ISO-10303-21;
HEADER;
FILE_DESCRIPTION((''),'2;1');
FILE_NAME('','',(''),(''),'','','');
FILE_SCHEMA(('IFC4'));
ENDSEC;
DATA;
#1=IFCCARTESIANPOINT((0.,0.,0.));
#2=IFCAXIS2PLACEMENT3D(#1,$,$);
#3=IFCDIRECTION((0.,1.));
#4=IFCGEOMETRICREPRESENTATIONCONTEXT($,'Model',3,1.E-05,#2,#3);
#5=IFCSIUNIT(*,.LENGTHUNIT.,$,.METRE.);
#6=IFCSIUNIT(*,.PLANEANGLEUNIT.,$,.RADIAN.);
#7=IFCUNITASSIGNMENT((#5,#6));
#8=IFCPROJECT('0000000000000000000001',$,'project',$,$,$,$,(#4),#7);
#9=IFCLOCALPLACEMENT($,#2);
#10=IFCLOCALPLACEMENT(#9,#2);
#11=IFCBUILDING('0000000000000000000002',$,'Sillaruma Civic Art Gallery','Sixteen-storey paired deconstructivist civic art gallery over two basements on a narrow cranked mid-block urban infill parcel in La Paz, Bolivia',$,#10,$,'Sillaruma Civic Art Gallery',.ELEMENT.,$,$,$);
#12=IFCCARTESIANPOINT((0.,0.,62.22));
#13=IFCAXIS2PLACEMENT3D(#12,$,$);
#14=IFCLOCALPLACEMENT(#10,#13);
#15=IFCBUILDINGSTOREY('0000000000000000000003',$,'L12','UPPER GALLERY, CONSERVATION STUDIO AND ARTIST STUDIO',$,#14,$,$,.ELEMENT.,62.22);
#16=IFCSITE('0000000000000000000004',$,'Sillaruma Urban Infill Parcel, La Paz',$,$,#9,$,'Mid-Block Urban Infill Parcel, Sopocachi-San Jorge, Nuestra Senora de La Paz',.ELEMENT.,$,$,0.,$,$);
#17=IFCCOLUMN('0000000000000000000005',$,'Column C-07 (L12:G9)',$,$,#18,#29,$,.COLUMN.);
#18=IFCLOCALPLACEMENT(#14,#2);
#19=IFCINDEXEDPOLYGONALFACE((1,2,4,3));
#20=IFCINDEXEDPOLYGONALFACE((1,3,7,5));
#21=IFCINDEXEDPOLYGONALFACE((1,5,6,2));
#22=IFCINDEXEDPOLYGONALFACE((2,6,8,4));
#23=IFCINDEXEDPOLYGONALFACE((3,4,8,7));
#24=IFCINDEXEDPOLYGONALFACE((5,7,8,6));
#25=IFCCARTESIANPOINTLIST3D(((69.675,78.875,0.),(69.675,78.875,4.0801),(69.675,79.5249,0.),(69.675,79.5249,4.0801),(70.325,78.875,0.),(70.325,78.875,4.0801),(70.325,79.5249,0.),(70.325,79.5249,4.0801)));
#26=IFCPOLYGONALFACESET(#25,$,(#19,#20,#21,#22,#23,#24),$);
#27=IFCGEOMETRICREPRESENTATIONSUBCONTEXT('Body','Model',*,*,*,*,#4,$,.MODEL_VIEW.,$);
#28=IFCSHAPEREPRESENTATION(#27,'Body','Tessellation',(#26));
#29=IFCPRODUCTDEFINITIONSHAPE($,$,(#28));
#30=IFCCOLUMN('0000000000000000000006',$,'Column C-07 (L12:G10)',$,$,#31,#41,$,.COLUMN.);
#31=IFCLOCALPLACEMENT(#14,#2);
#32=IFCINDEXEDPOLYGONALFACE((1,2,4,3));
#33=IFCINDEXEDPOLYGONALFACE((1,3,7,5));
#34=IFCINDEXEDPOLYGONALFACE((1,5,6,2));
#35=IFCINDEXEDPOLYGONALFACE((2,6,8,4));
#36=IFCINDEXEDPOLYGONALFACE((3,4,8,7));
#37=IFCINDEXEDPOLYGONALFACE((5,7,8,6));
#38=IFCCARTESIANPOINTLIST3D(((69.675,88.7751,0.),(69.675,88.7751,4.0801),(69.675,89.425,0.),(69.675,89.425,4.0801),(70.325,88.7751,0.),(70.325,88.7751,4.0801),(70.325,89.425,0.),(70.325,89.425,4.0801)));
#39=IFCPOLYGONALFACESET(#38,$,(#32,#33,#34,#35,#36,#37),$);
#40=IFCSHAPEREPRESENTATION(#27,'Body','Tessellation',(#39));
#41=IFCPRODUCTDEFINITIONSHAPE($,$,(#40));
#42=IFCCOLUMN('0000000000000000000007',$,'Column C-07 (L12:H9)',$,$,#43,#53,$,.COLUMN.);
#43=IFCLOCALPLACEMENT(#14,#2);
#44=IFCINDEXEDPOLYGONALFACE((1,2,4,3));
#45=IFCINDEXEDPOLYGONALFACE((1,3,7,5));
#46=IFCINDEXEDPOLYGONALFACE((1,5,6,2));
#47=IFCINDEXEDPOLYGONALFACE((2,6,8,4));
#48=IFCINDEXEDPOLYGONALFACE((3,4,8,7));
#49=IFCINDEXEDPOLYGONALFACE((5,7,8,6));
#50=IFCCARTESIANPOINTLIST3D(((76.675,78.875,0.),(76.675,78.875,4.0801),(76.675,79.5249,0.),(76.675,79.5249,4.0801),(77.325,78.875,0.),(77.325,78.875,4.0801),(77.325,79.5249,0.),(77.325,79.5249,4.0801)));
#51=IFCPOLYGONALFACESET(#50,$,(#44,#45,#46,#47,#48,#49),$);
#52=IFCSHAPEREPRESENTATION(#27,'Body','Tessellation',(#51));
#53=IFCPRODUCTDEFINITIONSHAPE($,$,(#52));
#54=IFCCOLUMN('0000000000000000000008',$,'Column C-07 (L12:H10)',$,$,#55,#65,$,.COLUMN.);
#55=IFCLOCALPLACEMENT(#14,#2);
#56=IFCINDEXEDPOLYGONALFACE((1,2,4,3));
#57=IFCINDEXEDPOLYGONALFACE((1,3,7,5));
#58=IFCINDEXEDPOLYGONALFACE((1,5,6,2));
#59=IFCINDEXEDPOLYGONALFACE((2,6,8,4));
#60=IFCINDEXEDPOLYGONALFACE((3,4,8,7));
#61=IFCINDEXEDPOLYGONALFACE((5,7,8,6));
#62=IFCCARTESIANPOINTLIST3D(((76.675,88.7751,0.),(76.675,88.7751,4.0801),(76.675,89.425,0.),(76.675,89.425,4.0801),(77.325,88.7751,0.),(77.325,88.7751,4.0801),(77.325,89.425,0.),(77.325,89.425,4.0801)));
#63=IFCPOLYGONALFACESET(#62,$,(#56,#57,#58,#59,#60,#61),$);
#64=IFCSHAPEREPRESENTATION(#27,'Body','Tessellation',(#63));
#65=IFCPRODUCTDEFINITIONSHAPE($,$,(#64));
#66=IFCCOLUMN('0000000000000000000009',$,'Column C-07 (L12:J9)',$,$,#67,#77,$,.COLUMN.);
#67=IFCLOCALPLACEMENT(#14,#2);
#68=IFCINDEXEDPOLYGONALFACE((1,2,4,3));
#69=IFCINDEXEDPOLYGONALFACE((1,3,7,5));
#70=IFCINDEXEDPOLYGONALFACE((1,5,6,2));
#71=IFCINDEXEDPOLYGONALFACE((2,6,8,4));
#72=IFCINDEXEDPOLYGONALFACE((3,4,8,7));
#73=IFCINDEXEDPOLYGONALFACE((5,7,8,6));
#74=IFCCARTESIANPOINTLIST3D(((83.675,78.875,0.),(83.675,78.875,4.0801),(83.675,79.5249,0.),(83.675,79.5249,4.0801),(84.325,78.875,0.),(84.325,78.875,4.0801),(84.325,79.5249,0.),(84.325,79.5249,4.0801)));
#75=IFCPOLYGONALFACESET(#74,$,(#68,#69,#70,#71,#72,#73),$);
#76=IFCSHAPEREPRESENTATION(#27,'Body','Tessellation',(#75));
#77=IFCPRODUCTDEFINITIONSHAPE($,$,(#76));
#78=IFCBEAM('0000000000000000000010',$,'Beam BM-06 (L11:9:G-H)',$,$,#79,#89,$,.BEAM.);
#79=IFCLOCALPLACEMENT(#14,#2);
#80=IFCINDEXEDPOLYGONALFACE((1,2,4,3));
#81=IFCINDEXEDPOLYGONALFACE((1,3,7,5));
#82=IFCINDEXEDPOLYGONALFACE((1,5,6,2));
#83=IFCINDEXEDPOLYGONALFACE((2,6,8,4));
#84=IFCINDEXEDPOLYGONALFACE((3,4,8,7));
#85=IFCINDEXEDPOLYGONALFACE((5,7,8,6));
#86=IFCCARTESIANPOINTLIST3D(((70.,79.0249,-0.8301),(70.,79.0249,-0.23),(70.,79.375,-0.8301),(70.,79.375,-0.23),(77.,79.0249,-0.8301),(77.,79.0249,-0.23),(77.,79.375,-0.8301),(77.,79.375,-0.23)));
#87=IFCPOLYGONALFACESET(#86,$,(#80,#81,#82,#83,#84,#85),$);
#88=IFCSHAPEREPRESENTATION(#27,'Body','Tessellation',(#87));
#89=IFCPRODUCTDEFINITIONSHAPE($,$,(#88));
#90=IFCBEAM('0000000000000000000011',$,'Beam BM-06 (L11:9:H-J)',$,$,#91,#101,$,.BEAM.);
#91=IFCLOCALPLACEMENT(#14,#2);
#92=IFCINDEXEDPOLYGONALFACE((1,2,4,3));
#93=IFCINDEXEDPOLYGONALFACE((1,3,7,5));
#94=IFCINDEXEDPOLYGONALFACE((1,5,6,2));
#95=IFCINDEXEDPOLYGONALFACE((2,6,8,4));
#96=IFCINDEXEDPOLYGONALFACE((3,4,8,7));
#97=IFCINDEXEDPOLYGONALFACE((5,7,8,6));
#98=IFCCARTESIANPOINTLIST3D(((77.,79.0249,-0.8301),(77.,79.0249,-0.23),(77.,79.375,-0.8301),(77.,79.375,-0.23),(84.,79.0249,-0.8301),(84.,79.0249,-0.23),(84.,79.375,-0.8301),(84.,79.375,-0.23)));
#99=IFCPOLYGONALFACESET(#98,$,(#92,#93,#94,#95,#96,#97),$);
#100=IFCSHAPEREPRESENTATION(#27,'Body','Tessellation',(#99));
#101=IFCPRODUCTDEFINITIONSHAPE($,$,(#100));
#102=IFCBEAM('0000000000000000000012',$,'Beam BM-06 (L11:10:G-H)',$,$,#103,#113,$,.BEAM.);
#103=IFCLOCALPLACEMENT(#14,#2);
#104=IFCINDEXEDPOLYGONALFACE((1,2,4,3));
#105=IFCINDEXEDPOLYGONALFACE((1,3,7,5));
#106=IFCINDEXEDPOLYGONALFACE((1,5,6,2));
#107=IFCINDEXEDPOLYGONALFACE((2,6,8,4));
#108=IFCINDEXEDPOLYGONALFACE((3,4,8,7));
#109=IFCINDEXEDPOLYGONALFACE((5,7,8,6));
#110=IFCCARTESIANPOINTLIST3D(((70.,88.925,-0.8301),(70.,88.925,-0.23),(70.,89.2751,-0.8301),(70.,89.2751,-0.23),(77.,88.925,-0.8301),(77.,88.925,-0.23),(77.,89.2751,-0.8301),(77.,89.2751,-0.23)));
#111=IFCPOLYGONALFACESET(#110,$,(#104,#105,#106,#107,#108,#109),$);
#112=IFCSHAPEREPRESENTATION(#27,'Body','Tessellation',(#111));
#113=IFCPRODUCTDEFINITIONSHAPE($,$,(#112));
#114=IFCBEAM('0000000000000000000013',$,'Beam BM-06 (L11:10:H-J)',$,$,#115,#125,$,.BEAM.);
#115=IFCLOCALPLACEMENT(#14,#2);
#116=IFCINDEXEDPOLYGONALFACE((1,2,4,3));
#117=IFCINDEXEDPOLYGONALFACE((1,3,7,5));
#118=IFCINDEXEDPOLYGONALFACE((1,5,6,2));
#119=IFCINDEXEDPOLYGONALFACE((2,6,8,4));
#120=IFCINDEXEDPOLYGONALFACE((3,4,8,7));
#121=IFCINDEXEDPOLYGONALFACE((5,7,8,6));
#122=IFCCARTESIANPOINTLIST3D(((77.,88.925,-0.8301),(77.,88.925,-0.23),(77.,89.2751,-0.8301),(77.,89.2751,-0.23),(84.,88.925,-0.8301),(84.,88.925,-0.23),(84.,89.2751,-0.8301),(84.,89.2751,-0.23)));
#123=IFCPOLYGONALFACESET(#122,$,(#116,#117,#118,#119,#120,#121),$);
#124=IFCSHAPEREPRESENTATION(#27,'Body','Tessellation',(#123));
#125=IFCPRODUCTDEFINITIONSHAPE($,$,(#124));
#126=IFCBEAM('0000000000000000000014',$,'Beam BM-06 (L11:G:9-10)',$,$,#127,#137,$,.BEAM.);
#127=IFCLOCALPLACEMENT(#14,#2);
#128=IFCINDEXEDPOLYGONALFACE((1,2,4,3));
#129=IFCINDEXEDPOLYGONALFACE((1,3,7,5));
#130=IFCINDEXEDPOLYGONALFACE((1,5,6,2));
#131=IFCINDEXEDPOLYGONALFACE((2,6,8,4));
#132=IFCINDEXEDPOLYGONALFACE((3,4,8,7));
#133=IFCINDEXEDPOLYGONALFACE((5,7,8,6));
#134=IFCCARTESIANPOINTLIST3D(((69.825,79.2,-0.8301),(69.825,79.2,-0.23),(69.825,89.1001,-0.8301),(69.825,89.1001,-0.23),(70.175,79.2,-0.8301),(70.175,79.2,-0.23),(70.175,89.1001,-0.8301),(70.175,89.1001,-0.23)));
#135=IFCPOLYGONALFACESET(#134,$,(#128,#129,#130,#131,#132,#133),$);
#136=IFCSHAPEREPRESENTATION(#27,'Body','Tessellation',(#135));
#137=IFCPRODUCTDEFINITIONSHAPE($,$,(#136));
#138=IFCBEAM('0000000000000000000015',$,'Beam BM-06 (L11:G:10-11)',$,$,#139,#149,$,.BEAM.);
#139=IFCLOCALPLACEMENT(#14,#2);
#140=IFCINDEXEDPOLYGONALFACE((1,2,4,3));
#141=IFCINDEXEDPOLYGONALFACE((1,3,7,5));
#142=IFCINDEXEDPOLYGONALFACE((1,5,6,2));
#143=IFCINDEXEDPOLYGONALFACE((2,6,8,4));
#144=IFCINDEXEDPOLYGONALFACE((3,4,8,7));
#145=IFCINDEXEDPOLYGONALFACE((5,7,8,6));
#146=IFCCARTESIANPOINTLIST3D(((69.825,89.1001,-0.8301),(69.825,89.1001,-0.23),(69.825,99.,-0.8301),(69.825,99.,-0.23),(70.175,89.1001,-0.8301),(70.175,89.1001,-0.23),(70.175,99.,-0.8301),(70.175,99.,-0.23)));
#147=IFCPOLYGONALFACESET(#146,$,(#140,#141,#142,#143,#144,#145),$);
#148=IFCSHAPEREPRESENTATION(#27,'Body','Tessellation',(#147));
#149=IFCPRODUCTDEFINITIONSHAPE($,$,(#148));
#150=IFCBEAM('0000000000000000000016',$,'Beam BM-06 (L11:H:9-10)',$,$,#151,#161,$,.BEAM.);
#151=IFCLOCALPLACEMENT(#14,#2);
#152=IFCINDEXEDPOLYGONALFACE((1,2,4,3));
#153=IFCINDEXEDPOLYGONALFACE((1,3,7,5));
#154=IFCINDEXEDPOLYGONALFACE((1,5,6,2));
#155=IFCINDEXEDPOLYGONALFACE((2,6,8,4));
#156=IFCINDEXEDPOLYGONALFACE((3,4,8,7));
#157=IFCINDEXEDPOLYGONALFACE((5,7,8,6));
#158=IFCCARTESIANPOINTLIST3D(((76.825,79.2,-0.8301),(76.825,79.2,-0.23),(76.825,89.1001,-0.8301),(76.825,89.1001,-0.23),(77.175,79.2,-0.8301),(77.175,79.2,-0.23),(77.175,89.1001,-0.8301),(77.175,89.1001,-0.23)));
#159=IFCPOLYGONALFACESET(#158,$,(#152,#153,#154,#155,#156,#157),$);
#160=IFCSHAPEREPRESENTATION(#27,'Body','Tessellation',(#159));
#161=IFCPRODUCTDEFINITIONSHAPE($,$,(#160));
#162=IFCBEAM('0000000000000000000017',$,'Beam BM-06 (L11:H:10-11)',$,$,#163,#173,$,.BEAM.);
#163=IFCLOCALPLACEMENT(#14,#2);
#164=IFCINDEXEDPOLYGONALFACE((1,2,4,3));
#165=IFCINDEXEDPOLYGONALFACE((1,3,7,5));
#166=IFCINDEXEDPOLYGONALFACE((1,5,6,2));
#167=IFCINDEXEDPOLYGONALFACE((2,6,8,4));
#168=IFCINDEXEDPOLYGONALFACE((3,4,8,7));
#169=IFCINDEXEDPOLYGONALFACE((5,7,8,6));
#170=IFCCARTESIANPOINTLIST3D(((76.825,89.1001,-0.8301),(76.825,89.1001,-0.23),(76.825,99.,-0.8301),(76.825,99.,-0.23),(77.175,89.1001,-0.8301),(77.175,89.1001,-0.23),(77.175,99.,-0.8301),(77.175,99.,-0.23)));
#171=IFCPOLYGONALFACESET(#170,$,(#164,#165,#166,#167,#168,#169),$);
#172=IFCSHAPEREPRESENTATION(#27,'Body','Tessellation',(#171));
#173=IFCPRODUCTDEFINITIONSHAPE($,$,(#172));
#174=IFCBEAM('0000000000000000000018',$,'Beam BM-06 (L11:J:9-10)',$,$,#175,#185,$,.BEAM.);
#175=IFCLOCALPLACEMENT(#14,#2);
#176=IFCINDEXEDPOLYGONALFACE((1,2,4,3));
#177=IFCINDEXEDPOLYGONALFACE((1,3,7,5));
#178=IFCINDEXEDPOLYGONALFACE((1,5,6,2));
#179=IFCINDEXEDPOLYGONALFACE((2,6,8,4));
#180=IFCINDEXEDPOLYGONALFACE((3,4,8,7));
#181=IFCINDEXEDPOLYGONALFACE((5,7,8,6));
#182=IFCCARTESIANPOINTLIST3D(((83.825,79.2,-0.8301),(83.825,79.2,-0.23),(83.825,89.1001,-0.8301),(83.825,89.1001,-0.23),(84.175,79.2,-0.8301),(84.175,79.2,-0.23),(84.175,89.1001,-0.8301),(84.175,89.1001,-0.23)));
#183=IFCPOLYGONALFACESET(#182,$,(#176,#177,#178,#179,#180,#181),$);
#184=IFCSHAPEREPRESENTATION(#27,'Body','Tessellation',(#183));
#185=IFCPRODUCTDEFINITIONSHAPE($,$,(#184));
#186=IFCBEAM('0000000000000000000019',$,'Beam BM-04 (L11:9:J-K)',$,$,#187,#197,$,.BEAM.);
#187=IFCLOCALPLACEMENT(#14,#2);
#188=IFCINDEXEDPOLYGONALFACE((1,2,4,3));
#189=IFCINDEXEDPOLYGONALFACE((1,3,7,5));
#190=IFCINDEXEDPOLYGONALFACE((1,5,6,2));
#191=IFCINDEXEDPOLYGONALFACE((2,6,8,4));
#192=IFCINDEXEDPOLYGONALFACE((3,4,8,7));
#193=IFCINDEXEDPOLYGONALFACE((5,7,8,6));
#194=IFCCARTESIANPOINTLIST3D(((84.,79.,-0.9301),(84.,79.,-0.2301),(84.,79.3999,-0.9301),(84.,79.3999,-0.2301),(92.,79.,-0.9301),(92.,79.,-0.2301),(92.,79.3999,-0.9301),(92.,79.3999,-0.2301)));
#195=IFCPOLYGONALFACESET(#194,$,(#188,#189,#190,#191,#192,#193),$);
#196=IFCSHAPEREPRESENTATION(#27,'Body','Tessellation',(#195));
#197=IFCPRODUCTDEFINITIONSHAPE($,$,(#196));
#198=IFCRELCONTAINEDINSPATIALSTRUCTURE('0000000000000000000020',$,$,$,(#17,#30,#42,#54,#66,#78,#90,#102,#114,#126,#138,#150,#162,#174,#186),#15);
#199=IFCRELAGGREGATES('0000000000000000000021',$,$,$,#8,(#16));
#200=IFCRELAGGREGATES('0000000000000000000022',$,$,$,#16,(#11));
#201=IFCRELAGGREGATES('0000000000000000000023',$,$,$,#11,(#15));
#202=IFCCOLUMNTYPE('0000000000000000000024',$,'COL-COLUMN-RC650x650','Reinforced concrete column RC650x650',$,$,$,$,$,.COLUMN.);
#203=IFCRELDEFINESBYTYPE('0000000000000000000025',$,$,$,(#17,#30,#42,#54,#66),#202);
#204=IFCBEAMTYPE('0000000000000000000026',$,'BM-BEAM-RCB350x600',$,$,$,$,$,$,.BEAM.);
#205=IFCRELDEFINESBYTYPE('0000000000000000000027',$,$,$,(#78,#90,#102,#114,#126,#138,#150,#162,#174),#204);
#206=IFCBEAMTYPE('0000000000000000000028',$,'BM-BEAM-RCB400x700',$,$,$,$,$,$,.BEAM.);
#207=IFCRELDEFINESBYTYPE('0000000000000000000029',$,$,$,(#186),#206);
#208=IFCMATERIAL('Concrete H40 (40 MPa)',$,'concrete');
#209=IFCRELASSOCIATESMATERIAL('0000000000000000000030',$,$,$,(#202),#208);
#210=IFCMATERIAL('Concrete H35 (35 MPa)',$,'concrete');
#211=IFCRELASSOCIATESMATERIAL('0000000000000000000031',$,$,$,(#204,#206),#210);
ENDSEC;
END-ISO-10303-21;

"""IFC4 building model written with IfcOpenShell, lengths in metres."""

from ifc_helpers import new_model, si_unit, direction, frame, origin, origin_2d, place, context, subcontext, project, spatial, rectangle, extrude, material, material_profile, profile_set, type_object, element, save


model = new_model("IFC4")

# Units and contexts
model_context = context("Model", 3, precision=1e-05, world=origin(), true_north=direction((0.0, 1.0)))
body_context = subcontext(model_context, "Body", "Model", "MODEL_VIEW")
ifc_project = project(units=[si_unit("LENGTHUNIT", "METRE"), si_unit("PLANEANGLEUNIT", "RADIAN")], contexts=[model_context])

# Site, building, storey
site_placement = place(None, origin())
site = spatial("IfcSite", under=ifc_project, at=site_placement, Name="Sillaruma Urban Infill Parcel, La Paz", LongName="Mid-Block Urban Infill Parcel, Sopocachi-San Jorge, Nuestra Senora de La Paz", CompositionType="ELEMENT", RefElevation=0.0)
building_placement = place(site_placement, origin())
building = spatial("IfcBuilding", under=site, at=building_placement, Name="Sillaruma Civic Art Gallery", Description="Sixteen-storey paired deconstructivist civic art gallery over two basements on a narrow cranked mid-block urban infill parcel in La Paz, Bolivia", LongName="Sillaruma Civic Art Gallery", CompositionType="ELEMENT")
storey_placement = place(building_placement, frame((0.0, 0.0, 62.22)))
storey = spatial("IfcBuildingStorey", under=building, at=storey_placement, Name="L12", Description="UPPER GALLERY, CONSERVATION STUDIO AND ARTIST STUDIO", CompositionType="ELEMENT", Elevation=62.22)

# Columns
ifc_material_1 = material(Name="Concrete H40 (40 MPa)", Category="concrete")
ifc_material_profile_1 = material_profile(ifc_material_1, rectangle(XDim=0.6499, YDim=0.6499, at=origin_2d()), Name="RC650x650")
ifc_profile_set_1 = profile_set([ifc_material_profile_1], Name="Concrete H40 (40 MPa)")
column_type = type_object("IfcColumnType", Name="COL-COLUMN-RC650x650", Description="Reinforced concrete column RC650x650", PredefinedType="COLUMN", material=ifc_profile_set_1)
for number, where, z_axis, x_axis, name in (
    (1, (70.0, 79.2, 0.0), (0.0, 0.0, 1.0), (1.0, 0.0, 0.0), "Column C-07 (L12:G9)"),
    (2, (70.0, 89.1001, 0.0), (0.0, 0.0, 1.0), (1.0, 0.0, 0.0), "Column C-07 (L12:G10)"),
    (3, (77.0, 79.2, 0.0), (0.0, 0.0, 1.0), (1.0, 0.0, 0.0), "Column C-07 (L12:H9)"),
    (4, (77.0, 89.1001, 0.0), (0.0, 0.0, 1.0), (1.0, 0.0, 0.0), "Column C-07 (L12:H10)"),
    (5, (84.0, 79.2, 0.0), (0.0, 0.0, 1.0), (1.0, 0.0, 0.0), "Column C-07 (L12:J9)"),
):
    element("IfcColumn", number, at=place(storey_placement, frame(where, z_axis=z_axis, x_axis=x_axis)), inside=storey, type_object=column_type, Name=name, PredefinedType="COLUMN", context=body_context, shape_type="SweptSolid", body=[
        extrude(rectangle(XDim=0.6499, YDim=0.6499, at=origin_2d()), origin(), (0.0, 0.0, 1.0), 4.0801),
    ])

# Beams
ifc_material_2 = material(Name="Concrete H35 (35 MPa)", Category="concrete")
ifc_material_profile_2 = material_profile(ifc_material_2, rectangle(XDim=0.3501, YDim=0.6001, at=origin_2d()), Name="RCB350x600")
ifc_profile_set_2 = profile_set([ifc_material_profile_2], Name="Concrete H35 (35 MPa)")
beam_type_1 = type_object("IfcBeamType", Name="BM-BEAM-RCB350x600", PredefinedType="BEAM", material=ifc_profile_set_2)
for number, where, z_axis, x_axis, name in (
    (6, (70.0, 79.2, -0.53), (1.0, 0.0, 0.0), (0.0, 1.0, 0.0), "Beam BM-06 (L11:9:G-H)"),
    (7, (77.0, 79.2, -0.53), (1.0, 0.0, 0.0), (0.0, 1.0, 0.0), "Beam BM-06 (L11:9:H-J)"),
    (8, (70.0, 89.1001, -0.53), (1.0, 0.0, 0.0), (0.0, 1.0, 0.0), "Beam BM-06 (L11:10:G-H)"),
    (9, (77.0, 89.1001, -0.53), (1.0, 0.0, 0.0), (0.0, 1.0, 0.0), "Beam BM-06 (L11:10:H-J)"),
):
    element("IfcBeam", number, at=place(storey_placement, frame(where, z_axis=z_axis, x_axis=x_axis)), inside=storey, type_object=beam_type_1, Name=name, PredefinedType="BEAM", context=body_context, shape_type="SweptSolid", body=[
        extrude(rectangle(XDim=0.3501, YDim=0.6001, at=origin_2d()), origin(), (0.0, 0.0, 1.0), 7.0),
    ])
beam_1_placement = place(storey_placement, frame((70.0, 79.2, -0.53), z_axis=(0.0, 1.0, 0.0), x_axis=(-1.0, 0.0, 0.0)))
element("IfcBeam", 10, at=beam_1_placement, inside=storey, type_object=beam_type_1, Name="Beam BM-06 (L11:G:9-10)", PredefinedType="BEAM", context=body_context, shape_type="SweptSolid", body=[
    extrude(rectangle(XDim=0.3501, YDim=0.6001, at=origin_2d()), origin(), (0.0, 0.0, 1.0), 9.9001),
])
beam_2_placement = place(storey_placement, frame((70.0, 89.1001, -0.53), z_axis=(0.0, 1.0, 0.0), x_axis=(-1.0, 0.0, 0.0)))
element("IfcBeam", 11, at=beam_2_placement, inside=storey, type_object=beam_type_1, Name="Beam BM-06 (L11:G:10-11)", PredefinedType="BEAM", context=body_context, shape_type="SweptSolid", body=[
    extrude(rectangle(XDim=0.3501, YDim=0.6001, at=origin_2d()), origin(), (0.0, 0.0, 1.0), 9.8999),
])
beam_3_placement = place(storey_placement, frame((77.0, 79.2, -0.53), z_axis=(0.0, 1.0, 0.0), x_axis=(-1.0, 0.0, 0.0)))
element("IfcBeam", 12, at=beam_3_placement, inside=storey, type_object=beam_type_1, Name="Beam BM-06 (L11:H:9-10)", PredefinedType="BEAM", context=body_context, shape_type="SweptSolid", body=[
    extrude(rectangle(XDim=0.3501, YDim=0.6001, at=origin_2d()), origin(), (0.0, 0.0, 1.0), 9.9001),
])
beam_4_placement = place(storey_placement, frame((77.0, 89.1001, -0.53), z_axis=(0.0, 1.0, 0.0), x_axis=(-1.0, 0.0, 0.0)))
element("IfcBeam", 13, at=beam_4_placement, inside=storey, type_object=beam_type_1, Name="Beam BM-06 (L11:H:10-11)", PredefinedType="BEAM", context=body_context, shape_type="SweptSolid", body=[
    extrude(rectangle(XDim=0.3501, YDim=0.6001, at=origin_2d()), origin(), (0.0, 0.0, 1.0), 9.8999),
])
beam_5_placement = place(storey_placement, frame((84.0, 79.2, -0.53), z_axis=(0.0, 1.0, 0.0), x_axis=(-1.0, 0.0, 0.0)))
element("IfcBeam", 14, at=beam_5_placement, inside=storey, type_object=beam_type_1, Name="Beam BM-06 (L11:J:9-10)", PredefinedType="BEAM", context=body_context, shape_type="SweptSolid", body=[
    extrude(rectangle(XDim=0.3501, YDim=0.6001, at=origin_2d()), origin(), (0.0, 0.0, 1.0), 9.9001),
])
ifc_material_profile_3 = material_profile(ifc_material_2, rectangle(XDim=0.3999, YDim=0.7, at=origin_2d()), Name="RCB400x700")
ifc_profile_set_3 = profile_set([ifc_material_profile_3], Name="Concrete H35 (35 MPa)")
beam_type_2 = type_object("IfcBeamType", Name="BM-BEAM-RCB400x700", PredefinedType="BEAM", material=ifc_profile_set_3)
beam_6_placement = place(storey_placement, frame((84.0, 79.2, -0.5801), z_axis=(1.0, 0.0, 0.0), x_axis=(0.0, 1.0, 0.0)))
element("IfcBeam", 15, at=beam_6_placement, inside=storey, type_object=beam_type_2, Name="Beam BM-04 (L11:9:J-K)", PredefinedType="BEAM", context=body_context, shape_type="SweptSolid", body=[
    extrude(rectangle(XDim=0.3999, YDim=0.7, at=origin_2d()), origin(), (0.0, 0.0, 1.0), 8.0),
])

save(model, "model.ifc")
